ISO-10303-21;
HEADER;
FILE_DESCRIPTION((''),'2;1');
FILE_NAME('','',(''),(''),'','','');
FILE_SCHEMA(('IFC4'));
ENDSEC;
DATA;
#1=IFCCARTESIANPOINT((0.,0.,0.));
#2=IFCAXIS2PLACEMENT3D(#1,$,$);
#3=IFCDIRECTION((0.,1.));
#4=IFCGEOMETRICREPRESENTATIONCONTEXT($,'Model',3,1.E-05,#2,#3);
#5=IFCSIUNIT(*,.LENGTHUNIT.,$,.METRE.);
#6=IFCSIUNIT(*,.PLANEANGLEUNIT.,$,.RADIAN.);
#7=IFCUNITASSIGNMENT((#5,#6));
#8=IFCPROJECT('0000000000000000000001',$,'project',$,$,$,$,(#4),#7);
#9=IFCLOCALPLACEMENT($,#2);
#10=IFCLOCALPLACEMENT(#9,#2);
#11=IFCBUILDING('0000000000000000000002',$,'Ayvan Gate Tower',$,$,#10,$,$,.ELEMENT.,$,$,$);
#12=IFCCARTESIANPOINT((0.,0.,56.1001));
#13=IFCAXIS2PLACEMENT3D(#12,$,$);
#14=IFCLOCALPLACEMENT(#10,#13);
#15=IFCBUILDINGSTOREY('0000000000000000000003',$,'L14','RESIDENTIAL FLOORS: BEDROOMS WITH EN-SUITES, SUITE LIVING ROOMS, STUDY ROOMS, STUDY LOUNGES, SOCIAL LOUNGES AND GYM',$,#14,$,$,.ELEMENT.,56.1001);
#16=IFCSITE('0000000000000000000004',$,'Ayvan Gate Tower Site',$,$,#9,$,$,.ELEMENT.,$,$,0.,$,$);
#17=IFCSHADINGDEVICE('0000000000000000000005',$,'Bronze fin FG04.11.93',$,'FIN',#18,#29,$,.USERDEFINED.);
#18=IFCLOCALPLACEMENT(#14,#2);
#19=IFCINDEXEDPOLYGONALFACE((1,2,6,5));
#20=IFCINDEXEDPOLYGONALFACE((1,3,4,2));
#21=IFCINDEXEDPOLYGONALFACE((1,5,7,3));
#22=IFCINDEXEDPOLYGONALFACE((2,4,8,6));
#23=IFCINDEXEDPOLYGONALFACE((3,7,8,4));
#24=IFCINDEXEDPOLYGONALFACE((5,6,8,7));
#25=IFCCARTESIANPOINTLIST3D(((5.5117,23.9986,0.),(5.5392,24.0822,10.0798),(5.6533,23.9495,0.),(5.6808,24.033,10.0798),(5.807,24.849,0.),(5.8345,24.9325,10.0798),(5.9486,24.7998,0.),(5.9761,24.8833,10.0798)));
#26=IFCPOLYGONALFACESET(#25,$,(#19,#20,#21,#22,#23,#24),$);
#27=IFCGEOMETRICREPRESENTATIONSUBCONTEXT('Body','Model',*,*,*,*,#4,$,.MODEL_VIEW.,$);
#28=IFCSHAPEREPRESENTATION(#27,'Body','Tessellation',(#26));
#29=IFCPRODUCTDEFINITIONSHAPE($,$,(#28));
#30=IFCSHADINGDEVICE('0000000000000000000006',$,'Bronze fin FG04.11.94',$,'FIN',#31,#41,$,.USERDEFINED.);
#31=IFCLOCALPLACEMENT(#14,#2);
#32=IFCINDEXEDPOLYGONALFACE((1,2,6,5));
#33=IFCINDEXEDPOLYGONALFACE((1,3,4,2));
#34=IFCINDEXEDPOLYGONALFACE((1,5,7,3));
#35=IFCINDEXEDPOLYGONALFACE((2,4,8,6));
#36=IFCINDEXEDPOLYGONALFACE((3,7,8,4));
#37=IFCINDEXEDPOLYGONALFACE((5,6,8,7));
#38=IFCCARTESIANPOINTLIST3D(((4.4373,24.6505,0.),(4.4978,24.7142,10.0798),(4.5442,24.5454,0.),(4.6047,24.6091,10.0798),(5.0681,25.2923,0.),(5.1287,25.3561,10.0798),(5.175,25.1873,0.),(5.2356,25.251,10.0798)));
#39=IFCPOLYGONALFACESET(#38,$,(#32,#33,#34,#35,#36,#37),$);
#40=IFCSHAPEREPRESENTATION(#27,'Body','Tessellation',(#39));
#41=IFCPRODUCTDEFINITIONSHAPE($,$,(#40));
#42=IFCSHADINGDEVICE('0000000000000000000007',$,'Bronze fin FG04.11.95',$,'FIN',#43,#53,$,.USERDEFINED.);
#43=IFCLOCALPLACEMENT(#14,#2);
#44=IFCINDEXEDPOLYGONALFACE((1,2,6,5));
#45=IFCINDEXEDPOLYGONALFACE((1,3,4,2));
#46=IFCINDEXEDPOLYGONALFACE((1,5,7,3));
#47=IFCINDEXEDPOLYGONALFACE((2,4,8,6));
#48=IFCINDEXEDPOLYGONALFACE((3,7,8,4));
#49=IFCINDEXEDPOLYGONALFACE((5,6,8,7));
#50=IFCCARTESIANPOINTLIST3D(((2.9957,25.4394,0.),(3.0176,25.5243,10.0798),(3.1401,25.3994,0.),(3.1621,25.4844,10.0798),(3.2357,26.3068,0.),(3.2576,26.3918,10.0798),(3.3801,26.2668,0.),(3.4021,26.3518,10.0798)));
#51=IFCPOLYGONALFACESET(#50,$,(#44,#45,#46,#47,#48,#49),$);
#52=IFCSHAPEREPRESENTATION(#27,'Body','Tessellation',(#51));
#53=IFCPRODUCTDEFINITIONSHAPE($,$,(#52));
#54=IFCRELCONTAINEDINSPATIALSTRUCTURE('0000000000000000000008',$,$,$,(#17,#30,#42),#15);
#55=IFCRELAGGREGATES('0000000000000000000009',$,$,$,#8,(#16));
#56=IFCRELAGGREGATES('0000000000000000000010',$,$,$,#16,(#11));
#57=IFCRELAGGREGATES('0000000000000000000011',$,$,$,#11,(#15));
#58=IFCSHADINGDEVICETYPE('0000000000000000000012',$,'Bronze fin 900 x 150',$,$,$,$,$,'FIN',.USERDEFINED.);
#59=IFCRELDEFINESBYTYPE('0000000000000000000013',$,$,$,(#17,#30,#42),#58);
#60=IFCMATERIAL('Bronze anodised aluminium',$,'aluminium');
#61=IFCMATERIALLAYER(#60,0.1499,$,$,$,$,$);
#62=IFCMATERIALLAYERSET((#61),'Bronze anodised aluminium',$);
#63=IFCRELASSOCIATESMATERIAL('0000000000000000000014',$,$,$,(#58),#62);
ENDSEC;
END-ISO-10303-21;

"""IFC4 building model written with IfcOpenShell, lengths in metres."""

from ifc_helpers import new_model, si_unit, direction, frame, origin, place, context, subcontext, project, spatial, polyline, outline, extrude, material, layer, layer_set, type_object, element, save


model = new_model("IFC4")

# Units and contexts
model_context = context("Model", 3, precision=1e-05, world=origin(), true_north=direction((0.0, 1.0)))
body_context = subcontext(model_context, "Body", "Model", "MODEL_VIEW")
ifc_project = project(units=[si_unit("LENGTHUNIT", "METRE"), si_unit("PLANEANGLEUNIT", "RADIAN")], contexts=[model_context])

# Site, building, storey
site_placement = place(None, origin())
site = spatial("IfcSite", under=ifc_project, at=site_placement, Name="Ayvan Gate Tower Site", CompositionType="ELEMENT", RefElevation=0.0)
building_placement = place(site_placement, origin())
building = spatial("IfcBuilding", under=site, at=building_placement, Name="Ayvan Gate Tower", CompositionType="ELEMENT")
storey_placement = place(building_placement, frame((0.0, 0.0, 56.1001)))
storey = spatial("IfcBuildingStorey", under=building, at=storey_placement, Name="L14", Description="RESIDENTIAL FLOORS: BEDROOMS WITH EN-SUITES, SUITE LIVING ROOMS, STUDY ROOMS, STUDY LOUNGES, SOCIAL LOUNGES AND GYM", CompositionType="ELEMENT", Elevation=56.1001)

# Shared definitions
ifc_material_1 = material(Name="Bronze anodised aluminium", Category="aluminium")

# Shading devices
ifc_layer_1 = layer(ifc_material_1, 0.1499)
ifc_layer_set_1 = layer_set([ifc_layer_1], Name="Bronze anodised aluminium")
shading_device_type = type_object("IfcShadingDeviceType", Name="Bronze fin 900 x 150", ElementType="FIN", PredefinedType="USERDEFINED", material=ifc_layer_set_1)
shading_device_1_placement = place(storey_placement, frame((5.6533, 23.9495, 0.0), z_axis=(0.944663, -0.328042, 0.000143), x_axis=(0.328042, 0.944663, 0.0)))
element("IfcShadingDevice", 1, at=shading_device_1_placement, inside=storey, type_object=shading_device_type, Name="Bronze fin FG04.11.93", ObjectType="FIN", PredefinedType="USERDEFINED", context=body_context, shape_type="SweptSolid", body=[
    extrude(outline(polyline([(0.0, 0.0), (0.9002, 0.0), (0.988, 10.0798), (0.0879, 10.0798), (0.0, 0.0)])), origin(), (0.0, 0.0, -1.0), 0.1499),
])
shading_device_2_placement = place(storey_placement, frame((4.5442, 24.5454, 0.0), z_axis=(0.713184, -0.700977, 0.000147), x_axis=(0.700977, 0.713184, 0.0)))
element("IfcShadingDevice", 2, at=shading_device_2_placement, inside=storey, type_object=shading_device_type, Name="Bronze fin FG04.11.94", ObjectType="FIN", PredefinedType="USERDEFINED", context=body_context, shape_type="SweptSolid", body=[
    extrude(outline(polyline([(0.0, 0.0), (0.9, 0.0), (0.9879, 10.0798), (0.0879, 10.0798), (0.0, 0.0)])), origin(), (0.0, 0.0, -1.0), 0.1499),
])
shading_device_3_placement = place(storey_placement, frame((3.1401, 25.3994, 0.0), z_axis=(0.963793, -0.26665, 0.000147), x_axis=(0.26665, 0.963793, 0.0)))
element("IfcShadingDevice", 3, at=shading_device_3_placement, inside=storey, type_object=shading_device_type, Name="Bronze fin FG04.11.95", ObjectType="FIN", PredefinedType="USERDEFINED", context=body_context, shape_type="SweptSolid", body=[
    extrude(outline(polyline([(0.0, 0.0), (0.9, 0.0), (0.9878, 10.0798), (0.0877, 10.0798), (0.0, 0.0)])), origin(), (0.0, 0.0, -1.0), 0.1499),
])

save(model, "model.ifc")
